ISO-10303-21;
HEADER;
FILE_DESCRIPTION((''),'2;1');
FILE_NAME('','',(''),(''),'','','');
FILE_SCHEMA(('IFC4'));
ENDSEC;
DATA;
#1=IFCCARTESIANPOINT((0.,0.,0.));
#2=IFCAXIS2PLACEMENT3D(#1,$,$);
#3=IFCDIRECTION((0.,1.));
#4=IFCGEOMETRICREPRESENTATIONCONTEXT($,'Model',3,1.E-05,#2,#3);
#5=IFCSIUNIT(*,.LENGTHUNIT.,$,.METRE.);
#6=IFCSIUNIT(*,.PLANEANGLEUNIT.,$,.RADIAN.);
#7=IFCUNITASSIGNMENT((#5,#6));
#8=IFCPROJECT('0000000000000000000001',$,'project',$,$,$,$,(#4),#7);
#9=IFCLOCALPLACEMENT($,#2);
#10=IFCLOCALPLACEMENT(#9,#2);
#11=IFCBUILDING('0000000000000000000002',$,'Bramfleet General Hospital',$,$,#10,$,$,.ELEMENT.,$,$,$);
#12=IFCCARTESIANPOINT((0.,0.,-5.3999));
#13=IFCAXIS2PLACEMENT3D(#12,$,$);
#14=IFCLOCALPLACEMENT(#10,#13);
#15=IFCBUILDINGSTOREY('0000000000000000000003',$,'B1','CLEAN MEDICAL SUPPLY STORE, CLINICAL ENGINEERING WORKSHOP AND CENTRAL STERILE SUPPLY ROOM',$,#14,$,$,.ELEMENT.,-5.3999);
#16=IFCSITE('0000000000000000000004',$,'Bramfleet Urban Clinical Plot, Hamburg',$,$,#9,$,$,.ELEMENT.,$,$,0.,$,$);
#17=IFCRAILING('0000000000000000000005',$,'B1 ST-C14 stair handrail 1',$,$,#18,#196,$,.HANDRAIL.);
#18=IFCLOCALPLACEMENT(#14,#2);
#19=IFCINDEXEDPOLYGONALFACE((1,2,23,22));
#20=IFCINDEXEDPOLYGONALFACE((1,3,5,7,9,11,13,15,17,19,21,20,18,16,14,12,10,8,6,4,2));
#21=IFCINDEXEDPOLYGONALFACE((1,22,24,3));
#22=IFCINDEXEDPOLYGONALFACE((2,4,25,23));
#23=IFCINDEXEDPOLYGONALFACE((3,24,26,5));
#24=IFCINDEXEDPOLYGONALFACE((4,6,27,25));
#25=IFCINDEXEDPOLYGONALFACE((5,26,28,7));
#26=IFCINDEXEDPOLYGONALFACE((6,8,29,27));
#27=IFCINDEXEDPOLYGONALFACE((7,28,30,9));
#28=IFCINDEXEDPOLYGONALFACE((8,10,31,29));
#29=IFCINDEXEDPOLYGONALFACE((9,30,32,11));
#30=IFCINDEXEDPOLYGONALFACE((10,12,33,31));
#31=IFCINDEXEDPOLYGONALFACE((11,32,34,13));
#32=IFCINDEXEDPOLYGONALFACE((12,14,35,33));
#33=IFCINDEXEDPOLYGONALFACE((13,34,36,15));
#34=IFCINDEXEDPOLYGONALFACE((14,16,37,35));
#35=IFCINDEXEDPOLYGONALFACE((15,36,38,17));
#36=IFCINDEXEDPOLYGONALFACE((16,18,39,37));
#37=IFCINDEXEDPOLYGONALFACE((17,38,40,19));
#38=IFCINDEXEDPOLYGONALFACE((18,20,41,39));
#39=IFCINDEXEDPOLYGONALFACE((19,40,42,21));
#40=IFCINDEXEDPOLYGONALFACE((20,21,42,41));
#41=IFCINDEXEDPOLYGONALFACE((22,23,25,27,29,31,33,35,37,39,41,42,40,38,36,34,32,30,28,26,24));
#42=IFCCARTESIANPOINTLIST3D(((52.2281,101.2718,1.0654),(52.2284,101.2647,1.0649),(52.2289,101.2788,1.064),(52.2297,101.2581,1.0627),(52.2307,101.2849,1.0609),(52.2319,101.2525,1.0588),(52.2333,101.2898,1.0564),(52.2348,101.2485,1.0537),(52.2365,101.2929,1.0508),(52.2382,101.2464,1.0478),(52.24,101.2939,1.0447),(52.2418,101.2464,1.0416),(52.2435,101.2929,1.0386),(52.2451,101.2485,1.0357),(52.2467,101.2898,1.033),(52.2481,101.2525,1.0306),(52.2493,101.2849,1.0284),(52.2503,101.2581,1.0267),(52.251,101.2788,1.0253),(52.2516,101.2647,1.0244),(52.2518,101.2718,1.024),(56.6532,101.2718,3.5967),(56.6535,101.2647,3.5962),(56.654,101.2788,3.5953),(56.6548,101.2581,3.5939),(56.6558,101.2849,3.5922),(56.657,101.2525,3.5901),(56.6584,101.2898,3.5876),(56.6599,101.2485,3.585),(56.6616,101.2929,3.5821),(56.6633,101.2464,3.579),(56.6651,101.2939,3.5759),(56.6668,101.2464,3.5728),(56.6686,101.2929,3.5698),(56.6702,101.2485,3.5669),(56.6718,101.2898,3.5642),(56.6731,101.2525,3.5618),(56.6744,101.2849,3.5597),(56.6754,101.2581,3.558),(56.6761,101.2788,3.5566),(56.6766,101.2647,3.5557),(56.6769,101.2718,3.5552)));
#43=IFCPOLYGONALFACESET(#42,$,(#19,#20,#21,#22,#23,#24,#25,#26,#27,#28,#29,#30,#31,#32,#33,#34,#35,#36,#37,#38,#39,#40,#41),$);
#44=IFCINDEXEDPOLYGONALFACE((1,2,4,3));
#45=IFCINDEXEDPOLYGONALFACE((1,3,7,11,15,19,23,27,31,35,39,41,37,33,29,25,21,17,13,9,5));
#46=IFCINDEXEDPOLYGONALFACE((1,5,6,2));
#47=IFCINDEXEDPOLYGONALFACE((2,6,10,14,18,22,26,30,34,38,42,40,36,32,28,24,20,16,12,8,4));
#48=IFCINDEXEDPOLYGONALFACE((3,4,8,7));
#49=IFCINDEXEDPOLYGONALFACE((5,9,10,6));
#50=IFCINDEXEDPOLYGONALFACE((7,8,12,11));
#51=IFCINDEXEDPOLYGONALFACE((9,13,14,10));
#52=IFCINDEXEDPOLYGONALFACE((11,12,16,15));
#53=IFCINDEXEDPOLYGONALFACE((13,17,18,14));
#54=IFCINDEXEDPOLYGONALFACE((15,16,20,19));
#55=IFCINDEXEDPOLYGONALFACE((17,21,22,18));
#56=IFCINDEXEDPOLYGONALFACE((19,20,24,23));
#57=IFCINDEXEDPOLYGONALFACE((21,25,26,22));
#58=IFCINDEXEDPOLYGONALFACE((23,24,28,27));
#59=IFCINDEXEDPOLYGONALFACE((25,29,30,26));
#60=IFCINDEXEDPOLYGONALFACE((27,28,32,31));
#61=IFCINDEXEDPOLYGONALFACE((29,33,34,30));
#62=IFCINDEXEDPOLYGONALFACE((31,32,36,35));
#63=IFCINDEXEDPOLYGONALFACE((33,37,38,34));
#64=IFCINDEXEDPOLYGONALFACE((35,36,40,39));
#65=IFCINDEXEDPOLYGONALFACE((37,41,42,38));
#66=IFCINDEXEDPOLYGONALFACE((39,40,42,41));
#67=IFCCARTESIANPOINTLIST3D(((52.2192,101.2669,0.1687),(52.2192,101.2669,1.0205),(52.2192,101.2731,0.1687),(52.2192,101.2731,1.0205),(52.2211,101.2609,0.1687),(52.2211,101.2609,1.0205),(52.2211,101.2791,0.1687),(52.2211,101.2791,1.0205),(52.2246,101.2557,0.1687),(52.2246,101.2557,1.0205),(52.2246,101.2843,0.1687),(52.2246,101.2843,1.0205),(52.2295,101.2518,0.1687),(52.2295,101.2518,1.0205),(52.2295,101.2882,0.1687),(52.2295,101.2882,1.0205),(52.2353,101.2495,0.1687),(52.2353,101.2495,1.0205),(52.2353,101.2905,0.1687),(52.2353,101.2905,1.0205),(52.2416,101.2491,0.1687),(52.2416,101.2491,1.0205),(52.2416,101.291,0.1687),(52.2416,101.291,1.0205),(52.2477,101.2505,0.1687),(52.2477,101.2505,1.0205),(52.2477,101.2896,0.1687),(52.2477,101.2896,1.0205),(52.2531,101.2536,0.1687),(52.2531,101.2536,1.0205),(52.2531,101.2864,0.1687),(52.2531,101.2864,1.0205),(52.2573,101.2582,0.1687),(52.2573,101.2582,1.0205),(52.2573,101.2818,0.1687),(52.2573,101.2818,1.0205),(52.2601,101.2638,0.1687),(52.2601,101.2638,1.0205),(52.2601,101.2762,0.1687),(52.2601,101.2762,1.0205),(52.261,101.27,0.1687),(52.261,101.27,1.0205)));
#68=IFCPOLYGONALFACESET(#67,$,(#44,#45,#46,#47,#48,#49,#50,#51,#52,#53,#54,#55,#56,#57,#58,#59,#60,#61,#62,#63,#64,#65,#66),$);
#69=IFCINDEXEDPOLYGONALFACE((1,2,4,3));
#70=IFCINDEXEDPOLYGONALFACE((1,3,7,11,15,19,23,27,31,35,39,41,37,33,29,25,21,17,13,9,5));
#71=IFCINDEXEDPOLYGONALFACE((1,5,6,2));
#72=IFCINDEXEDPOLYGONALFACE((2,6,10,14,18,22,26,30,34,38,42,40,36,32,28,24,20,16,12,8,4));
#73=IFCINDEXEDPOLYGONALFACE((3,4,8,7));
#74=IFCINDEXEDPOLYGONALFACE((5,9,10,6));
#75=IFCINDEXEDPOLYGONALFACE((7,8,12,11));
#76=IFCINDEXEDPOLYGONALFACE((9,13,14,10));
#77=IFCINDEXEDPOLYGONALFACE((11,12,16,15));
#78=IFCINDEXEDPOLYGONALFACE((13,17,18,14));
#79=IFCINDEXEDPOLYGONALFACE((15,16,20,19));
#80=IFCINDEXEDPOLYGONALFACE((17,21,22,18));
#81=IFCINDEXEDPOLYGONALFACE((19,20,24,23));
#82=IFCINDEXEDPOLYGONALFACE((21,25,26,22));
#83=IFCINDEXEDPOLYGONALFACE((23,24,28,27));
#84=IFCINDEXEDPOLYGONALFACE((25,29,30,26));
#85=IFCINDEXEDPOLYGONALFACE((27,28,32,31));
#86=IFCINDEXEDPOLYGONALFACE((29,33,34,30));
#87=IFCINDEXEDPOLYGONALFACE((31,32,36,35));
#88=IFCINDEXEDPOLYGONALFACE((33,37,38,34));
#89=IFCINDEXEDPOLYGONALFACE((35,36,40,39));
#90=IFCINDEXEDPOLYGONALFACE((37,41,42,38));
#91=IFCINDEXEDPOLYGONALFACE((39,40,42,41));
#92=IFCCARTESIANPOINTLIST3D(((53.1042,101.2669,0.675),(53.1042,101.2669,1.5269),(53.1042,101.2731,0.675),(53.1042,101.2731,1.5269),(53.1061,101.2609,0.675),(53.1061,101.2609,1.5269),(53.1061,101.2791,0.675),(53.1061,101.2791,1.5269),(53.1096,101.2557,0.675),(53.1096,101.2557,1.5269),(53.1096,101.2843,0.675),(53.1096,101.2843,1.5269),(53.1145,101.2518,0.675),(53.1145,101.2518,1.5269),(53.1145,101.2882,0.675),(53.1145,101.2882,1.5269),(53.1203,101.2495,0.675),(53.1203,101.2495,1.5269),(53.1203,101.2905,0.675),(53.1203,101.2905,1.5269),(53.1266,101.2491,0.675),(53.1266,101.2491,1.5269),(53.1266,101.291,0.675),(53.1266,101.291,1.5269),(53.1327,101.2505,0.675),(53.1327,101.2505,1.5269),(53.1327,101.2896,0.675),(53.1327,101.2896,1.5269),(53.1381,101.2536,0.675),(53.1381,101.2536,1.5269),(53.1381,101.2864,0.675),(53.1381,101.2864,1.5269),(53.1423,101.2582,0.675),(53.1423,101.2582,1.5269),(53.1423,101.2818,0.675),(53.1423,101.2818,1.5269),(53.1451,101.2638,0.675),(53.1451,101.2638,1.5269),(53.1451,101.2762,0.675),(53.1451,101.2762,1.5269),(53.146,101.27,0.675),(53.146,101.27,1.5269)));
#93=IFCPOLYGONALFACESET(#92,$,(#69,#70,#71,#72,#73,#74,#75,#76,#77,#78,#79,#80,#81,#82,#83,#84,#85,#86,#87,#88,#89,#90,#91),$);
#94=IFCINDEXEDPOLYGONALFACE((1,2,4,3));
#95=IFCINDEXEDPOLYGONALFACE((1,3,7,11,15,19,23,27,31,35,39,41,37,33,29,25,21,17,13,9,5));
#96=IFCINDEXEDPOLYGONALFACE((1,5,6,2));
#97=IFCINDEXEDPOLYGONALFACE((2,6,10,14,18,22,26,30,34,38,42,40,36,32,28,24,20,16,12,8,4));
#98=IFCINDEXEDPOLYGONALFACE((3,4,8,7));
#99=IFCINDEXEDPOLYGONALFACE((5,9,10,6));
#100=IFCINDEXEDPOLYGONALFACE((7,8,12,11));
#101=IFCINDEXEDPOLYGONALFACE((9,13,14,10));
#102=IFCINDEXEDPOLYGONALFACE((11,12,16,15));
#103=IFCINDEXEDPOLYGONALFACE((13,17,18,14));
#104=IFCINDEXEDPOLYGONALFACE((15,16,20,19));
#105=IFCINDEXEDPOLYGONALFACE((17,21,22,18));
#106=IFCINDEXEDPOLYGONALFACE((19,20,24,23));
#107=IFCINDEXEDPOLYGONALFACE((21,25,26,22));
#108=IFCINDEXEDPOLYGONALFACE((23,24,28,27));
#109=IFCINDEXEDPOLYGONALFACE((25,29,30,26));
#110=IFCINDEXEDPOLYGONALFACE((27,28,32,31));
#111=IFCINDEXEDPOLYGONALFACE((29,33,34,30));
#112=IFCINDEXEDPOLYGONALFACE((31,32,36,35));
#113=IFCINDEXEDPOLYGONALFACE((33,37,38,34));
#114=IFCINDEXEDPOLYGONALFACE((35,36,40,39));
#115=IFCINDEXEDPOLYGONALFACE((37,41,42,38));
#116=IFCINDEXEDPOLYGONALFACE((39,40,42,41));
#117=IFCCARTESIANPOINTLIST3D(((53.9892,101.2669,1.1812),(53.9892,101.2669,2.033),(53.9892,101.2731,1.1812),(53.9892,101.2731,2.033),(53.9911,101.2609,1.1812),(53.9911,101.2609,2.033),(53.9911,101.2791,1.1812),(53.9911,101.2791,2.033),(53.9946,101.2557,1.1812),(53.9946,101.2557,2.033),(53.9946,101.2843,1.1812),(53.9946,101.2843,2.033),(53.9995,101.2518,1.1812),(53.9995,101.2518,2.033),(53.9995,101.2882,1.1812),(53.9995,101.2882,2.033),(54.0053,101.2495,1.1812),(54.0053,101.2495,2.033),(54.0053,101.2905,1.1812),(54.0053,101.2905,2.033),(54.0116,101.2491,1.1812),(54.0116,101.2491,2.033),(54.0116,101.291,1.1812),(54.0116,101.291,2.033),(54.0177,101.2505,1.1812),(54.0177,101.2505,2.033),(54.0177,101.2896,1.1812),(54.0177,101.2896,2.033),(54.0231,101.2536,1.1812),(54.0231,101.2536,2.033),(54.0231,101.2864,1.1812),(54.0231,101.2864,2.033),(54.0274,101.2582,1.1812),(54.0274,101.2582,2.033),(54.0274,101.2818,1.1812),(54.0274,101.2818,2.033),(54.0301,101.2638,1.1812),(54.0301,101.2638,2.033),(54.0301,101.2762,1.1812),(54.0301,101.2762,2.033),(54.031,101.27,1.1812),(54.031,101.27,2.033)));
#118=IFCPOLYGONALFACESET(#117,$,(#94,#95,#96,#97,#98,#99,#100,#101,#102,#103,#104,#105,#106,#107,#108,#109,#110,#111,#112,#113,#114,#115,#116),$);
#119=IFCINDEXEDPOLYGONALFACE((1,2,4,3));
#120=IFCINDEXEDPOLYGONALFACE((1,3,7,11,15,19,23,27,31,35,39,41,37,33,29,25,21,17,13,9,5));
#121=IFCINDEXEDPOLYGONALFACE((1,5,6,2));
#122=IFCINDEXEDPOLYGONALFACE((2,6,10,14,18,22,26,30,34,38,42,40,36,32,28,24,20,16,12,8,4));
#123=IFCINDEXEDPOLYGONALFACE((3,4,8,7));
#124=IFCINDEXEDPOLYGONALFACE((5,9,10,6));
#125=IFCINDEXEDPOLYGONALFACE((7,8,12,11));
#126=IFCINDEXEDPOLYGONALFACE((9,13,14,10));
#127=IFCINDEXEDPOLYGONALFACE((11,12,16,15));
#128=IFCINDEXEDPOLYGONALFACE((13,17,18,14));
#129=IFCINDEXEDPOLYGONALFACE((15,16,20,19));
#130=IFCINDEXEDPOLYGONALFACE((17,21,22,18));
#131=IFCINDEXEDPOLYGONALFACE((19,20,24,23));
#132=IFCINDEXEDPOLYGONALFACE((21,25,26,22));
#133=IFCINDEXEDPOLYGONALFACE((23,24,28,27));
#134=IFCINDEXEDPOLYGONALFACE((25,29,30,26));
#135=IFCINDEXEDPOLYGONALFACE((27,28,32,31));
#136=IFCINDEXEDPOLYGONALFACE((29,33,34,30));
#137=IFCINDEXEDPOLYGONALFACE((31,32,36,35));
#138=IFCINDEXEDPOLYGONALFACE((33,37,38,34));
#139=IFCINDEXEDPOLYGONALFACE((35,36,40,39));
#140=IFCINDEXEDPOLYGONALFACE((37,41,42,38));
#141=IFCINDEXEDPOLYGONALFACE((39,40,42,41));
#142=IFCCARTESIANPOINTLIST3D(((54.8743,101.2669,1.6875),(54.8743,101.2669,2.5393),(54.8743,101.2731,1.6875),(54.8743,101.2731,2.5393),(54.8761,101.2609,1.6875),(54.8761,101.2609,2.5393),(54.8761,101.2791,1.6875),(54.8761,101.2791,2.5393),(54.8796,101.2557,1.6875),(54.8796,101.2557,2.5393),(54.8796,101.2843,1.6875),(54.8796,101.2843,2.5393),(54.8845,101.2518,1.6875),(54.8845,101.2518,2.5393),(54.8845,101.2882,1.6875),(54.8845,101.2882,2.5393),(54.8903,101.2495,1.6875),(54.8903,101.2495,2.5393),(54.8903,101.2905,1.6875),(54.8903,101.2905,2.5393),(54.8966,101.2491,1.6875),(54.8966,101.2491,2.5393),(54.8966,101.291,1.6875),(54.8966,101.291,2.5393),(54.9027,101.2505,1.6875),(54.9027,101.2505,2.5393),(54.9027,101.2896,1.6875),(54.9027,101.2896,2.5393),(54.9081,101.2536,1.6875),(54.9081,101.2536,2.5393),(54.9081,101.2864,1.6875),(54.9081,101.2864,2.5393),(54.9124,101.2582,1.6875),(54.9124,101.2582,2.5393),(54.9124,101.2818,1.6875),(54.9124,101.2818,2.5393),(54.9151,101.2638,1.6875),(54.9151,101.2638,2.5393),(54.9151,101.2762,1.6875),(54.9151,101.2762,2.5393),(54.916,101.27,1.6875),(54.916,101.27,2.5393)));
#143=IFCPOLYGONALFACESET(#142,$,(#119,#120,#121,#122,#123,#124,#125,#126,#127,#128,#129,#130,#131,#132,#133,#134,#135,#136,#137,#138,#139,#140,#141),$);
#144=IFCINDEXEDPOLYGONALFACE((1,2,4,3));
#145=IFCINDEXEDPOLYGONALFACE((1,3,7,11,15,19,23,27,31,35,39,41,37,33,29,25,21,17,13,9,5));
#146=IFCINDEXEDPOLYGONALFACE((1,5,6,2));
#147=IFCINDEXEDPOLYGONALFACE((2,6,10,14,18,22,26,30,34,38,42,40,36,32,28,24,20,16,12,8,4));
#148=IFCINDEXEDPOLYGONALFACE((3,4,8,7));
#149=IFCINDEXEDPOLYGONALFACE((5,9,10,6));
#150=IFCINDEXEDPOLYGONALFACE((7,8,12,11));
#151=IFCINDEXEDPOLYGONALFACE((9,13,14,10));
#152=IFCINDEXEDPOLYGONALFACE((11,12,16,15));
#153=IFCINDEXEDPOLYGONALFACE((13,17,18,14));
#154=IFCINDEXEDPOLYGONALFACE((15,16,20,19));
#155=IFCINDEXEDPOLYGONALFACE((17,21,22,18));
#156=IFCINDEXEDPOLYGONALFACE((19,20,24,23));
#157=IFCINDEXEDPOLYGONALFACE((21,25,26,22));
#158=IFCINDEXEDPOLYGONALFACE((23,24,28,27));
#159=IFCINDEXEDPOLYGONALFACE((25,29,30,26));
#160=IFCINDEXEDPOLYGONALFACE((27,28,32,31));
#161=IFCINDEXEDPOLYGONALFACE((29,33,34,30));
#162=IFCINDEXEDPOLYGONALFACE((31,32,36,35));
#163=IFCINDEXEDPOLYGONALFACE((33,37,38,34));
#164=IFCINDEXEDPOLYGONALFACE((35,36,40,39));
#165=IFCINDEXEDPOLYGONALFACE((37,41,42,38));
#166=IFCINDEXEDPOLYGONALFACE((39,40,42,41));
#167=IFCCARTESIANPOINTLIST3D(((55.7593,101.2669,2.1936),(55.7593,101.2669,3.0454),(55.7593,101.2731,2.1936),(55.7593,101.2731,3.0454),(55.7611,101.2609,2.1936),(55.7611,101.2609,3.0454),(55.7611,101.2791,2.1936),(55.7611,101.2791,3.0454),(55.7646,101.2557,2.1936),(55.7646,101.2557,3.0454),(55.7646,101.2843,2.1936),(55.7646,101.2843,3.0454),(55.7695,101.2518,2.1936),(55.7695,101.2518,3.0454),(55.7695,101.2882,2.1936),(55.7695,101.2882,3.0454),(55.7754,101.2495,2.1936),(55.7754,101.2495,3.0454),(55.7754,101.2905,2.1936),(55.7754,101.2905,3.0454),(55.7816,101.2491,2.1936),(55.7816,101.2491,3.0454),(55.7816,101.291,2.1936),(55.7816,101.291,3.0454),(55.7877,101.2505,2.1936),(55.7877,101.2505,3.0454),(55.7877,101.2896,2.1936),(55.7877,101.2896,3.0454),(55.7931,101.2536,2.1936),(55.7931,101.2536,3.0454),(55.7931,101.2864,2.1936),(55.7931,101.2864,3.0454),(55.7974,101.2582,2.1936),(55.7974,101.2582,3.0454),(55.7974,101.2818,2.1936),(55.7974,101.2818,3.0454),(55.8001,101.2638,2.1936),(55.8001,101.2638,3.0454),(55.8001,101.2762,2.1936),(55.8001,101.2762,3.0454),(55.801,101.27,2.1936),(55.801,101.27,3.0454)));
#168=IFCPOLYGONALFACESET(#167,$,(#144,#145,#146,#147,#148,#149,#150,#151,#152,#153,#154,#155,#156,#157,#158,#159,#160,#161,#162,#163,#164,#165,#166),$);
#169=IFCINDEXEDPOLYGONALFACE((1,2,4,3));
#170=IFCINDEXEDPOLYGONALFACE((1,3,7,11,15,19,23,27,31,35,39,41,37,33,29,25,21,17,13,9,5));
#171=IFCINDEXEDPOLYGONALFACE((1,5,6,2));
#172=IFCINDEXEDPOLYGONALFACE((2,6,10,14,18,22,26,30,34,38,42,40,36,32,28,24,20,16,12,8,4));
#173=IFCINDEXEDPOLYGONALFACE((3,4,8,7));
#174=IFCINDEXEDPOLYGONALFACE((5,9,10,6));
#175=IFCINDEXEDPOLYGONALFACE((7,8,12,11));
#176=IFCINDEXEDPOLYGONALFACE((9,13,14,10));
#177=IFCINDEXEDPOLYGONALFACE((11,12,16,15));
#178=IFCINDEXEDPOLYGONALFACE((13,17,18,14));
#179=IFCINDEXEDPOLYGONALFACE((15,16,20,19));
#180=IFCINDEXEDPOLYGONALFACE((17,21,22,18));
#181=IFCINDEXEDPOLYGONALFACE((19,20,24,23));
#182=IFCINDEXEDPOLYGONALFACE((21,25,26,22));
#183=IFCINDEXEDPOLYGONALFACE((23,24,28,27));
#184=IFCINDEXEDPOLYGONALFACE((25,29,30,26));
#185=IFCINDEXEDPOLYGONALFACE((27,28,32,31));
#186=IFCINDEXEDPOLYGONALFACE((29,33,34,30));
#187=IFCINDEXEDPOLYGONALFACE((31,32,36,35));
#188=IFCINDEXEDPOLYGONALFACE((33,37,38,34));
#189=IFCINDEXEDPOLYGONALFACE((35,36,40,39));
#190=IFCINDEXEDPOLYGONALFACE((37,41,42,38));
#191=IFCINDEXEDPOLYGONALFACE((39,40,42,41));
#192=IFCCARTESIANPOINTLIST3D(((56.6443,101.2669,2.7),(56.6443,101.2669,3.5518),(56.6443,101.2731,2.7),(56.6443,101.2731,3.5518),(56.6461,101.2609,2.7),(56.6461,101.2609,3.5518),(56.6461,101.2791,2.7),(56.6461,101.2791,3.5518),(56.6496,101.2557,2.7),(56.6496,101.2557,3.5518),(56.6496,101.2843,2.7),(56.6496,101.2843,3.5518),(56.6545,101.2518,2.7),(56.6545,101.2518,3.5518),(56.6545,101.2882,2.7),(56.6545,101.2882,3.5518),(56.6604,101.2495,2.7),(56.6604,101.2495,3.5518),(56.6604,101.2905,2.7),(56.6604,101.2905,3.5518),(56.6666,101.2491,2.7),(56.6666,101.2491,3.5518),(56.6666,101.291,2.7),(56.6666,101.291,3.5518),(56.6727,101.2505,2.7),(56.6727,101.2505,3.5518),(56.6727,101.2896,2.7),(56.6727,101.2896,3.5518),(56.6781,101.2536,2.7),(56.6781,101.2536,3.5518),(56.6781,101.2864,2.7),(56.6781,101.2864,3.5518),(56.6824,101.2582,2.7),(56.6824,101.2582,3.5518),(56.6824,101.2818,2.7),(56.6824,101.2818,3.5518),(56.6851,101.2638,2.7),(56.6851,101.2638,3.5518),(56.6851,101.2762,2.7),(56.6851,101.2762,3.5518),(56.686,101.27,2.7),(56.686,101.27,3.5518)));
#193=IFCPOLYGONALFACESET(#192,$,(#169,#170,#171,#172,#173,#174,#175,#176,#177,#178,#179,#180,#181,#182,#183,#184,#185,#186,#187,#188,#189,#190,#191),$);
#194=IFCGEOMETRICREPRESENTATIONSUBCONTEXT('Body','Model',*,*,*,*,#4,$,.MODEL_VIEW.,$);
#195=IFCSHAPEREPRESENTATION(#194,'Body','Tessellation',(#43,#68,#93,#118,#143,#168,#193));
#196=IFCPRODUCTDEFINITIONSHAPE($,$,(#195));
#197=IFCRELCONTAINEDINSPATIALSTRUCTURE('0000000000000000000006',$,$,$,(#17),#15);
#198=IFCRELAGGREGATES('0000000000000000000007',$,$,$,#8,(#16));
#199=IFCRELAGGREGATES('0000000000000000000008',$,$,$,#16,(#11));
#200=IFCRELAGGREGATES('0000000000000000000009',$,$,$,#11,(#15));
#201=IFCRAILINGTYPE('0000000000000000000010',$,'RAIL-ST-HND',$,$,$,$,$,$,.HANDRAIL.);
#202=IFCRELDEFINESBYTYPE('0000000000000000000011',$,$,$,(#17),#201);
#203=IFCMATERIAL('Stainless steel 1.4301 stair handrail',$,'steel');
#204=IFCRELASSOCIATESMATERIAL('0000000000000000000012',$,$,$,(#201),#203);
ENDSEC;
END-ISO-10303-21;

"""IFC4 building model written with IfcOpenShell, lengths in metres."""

from ifc_helpers import new_model, si_unit, direction, frame, origin, origin_2d, place, context, subcontext, project, spatial, circle, extrude, material, type_object, element, save


model = new_model("IFC4")

# Units and contexts
model_context = context("Model", 3, precision=1e-05, world=origin(), true_north=direction((0.0, 1.0)))
body_context = subcontext(model_context, "Body", "Model", "MODEL_VIEW")
ifc_project = project(units=[si_unit("LENGTHUNIT", "METRE"), si_unit("PLANEANGLEUNIT", "RADIAN")], contexts=[model_context])

# Site, building, storey
site_placement = place(None, origin())
site = spatial("IfcSite", under=ifc_project, at=site_placement, Name="Bramfleet Urban Clinical Plot, Hamburg", CompositionType="ELEMENT", RefElevation=0.0)
building_placement = place(site_placement, origin())
building = spatial("IfcBuilding", under=site, at=building_placement, Name="Bramfleet General Hospital", CompositionType="ELEMENT")
storey_placement = place(building_placement, frame((0.0, 0.0, -5.3999)))
storey = spatial("IfcBuildingStorey", under=building, at=storey_placement, Name="B1", Description="CLEAN MEDICAL SUPPLY STORE, CLINICAL ENGINEERING WORKSHOP AND CENTRAL STERILE SUPPLY ROOM", CompositionType="ELEMENT", Elevation=-5.3999)

# Railing
ifc_material_1 = material(Name="Stainless steel 1.4301 stair handrail", Category="steel")
railing_type_1 = type_object("IfcRailingType", Name="RAIL-ST-HND", PredefinedType="HANDRAIL", material=ifc_material_1)
railing_1_placement = place(storey_placement, frame((52.24, 101.27, 0.1687)))
element("IfcRailing", 1, at=railing_1_placement, inside=storey, type_object=railing_type_1, Name="B1 ST-C14 stair handrail 1", PredefinedType="HANDRAIL", context=body_context, shape_type="SweptSolid", body=[
    extrude(circle(Radius=0.0239, at=origin_2d()), frame((0.0, 0.0, 0.876), z_axis=(0.868019, 0.0, 0.496531), x_axis=(0.0, 1.0, 0.0)), (0.0, 0.0, 1.0), 5.0979),
    extrude(circle(Radius=0.021, at=origin_2d()), origin(), (0.0, 0.0, 1.0), 0.8518),
    extrude(circle(Radius=0.021, at=origin_2d()), frame((0.885, 0.0, 0.5063)), (0.0, 0.0, 1.0), 0.8518),
    extrude(circle(Radius=0.021, at=origin_2d()), frame((1.77, 0.0, 1.0125)), (0.0, 0.0, 1.0), 0.8518),
    extrude(circle(Radius=0.021, at=origin_2d()), frame((2.655, 0.0, 1.5188)), (0.0, 0.0, 1.0), 0.8518),
    extrude(circle(Radius=0.021, at=origin_2d()), frame((3.54, 0.0, 2.0249)), (0.0, 0.0, 1.0), 0.8518),
    extrude(circle(Radius=0.021, at=origin_2d()), frame((4.425, 0.0, 2.5312)), (0.0, 0.0, 1.0), 0.8518),
])

save(model, "model.ifc")
